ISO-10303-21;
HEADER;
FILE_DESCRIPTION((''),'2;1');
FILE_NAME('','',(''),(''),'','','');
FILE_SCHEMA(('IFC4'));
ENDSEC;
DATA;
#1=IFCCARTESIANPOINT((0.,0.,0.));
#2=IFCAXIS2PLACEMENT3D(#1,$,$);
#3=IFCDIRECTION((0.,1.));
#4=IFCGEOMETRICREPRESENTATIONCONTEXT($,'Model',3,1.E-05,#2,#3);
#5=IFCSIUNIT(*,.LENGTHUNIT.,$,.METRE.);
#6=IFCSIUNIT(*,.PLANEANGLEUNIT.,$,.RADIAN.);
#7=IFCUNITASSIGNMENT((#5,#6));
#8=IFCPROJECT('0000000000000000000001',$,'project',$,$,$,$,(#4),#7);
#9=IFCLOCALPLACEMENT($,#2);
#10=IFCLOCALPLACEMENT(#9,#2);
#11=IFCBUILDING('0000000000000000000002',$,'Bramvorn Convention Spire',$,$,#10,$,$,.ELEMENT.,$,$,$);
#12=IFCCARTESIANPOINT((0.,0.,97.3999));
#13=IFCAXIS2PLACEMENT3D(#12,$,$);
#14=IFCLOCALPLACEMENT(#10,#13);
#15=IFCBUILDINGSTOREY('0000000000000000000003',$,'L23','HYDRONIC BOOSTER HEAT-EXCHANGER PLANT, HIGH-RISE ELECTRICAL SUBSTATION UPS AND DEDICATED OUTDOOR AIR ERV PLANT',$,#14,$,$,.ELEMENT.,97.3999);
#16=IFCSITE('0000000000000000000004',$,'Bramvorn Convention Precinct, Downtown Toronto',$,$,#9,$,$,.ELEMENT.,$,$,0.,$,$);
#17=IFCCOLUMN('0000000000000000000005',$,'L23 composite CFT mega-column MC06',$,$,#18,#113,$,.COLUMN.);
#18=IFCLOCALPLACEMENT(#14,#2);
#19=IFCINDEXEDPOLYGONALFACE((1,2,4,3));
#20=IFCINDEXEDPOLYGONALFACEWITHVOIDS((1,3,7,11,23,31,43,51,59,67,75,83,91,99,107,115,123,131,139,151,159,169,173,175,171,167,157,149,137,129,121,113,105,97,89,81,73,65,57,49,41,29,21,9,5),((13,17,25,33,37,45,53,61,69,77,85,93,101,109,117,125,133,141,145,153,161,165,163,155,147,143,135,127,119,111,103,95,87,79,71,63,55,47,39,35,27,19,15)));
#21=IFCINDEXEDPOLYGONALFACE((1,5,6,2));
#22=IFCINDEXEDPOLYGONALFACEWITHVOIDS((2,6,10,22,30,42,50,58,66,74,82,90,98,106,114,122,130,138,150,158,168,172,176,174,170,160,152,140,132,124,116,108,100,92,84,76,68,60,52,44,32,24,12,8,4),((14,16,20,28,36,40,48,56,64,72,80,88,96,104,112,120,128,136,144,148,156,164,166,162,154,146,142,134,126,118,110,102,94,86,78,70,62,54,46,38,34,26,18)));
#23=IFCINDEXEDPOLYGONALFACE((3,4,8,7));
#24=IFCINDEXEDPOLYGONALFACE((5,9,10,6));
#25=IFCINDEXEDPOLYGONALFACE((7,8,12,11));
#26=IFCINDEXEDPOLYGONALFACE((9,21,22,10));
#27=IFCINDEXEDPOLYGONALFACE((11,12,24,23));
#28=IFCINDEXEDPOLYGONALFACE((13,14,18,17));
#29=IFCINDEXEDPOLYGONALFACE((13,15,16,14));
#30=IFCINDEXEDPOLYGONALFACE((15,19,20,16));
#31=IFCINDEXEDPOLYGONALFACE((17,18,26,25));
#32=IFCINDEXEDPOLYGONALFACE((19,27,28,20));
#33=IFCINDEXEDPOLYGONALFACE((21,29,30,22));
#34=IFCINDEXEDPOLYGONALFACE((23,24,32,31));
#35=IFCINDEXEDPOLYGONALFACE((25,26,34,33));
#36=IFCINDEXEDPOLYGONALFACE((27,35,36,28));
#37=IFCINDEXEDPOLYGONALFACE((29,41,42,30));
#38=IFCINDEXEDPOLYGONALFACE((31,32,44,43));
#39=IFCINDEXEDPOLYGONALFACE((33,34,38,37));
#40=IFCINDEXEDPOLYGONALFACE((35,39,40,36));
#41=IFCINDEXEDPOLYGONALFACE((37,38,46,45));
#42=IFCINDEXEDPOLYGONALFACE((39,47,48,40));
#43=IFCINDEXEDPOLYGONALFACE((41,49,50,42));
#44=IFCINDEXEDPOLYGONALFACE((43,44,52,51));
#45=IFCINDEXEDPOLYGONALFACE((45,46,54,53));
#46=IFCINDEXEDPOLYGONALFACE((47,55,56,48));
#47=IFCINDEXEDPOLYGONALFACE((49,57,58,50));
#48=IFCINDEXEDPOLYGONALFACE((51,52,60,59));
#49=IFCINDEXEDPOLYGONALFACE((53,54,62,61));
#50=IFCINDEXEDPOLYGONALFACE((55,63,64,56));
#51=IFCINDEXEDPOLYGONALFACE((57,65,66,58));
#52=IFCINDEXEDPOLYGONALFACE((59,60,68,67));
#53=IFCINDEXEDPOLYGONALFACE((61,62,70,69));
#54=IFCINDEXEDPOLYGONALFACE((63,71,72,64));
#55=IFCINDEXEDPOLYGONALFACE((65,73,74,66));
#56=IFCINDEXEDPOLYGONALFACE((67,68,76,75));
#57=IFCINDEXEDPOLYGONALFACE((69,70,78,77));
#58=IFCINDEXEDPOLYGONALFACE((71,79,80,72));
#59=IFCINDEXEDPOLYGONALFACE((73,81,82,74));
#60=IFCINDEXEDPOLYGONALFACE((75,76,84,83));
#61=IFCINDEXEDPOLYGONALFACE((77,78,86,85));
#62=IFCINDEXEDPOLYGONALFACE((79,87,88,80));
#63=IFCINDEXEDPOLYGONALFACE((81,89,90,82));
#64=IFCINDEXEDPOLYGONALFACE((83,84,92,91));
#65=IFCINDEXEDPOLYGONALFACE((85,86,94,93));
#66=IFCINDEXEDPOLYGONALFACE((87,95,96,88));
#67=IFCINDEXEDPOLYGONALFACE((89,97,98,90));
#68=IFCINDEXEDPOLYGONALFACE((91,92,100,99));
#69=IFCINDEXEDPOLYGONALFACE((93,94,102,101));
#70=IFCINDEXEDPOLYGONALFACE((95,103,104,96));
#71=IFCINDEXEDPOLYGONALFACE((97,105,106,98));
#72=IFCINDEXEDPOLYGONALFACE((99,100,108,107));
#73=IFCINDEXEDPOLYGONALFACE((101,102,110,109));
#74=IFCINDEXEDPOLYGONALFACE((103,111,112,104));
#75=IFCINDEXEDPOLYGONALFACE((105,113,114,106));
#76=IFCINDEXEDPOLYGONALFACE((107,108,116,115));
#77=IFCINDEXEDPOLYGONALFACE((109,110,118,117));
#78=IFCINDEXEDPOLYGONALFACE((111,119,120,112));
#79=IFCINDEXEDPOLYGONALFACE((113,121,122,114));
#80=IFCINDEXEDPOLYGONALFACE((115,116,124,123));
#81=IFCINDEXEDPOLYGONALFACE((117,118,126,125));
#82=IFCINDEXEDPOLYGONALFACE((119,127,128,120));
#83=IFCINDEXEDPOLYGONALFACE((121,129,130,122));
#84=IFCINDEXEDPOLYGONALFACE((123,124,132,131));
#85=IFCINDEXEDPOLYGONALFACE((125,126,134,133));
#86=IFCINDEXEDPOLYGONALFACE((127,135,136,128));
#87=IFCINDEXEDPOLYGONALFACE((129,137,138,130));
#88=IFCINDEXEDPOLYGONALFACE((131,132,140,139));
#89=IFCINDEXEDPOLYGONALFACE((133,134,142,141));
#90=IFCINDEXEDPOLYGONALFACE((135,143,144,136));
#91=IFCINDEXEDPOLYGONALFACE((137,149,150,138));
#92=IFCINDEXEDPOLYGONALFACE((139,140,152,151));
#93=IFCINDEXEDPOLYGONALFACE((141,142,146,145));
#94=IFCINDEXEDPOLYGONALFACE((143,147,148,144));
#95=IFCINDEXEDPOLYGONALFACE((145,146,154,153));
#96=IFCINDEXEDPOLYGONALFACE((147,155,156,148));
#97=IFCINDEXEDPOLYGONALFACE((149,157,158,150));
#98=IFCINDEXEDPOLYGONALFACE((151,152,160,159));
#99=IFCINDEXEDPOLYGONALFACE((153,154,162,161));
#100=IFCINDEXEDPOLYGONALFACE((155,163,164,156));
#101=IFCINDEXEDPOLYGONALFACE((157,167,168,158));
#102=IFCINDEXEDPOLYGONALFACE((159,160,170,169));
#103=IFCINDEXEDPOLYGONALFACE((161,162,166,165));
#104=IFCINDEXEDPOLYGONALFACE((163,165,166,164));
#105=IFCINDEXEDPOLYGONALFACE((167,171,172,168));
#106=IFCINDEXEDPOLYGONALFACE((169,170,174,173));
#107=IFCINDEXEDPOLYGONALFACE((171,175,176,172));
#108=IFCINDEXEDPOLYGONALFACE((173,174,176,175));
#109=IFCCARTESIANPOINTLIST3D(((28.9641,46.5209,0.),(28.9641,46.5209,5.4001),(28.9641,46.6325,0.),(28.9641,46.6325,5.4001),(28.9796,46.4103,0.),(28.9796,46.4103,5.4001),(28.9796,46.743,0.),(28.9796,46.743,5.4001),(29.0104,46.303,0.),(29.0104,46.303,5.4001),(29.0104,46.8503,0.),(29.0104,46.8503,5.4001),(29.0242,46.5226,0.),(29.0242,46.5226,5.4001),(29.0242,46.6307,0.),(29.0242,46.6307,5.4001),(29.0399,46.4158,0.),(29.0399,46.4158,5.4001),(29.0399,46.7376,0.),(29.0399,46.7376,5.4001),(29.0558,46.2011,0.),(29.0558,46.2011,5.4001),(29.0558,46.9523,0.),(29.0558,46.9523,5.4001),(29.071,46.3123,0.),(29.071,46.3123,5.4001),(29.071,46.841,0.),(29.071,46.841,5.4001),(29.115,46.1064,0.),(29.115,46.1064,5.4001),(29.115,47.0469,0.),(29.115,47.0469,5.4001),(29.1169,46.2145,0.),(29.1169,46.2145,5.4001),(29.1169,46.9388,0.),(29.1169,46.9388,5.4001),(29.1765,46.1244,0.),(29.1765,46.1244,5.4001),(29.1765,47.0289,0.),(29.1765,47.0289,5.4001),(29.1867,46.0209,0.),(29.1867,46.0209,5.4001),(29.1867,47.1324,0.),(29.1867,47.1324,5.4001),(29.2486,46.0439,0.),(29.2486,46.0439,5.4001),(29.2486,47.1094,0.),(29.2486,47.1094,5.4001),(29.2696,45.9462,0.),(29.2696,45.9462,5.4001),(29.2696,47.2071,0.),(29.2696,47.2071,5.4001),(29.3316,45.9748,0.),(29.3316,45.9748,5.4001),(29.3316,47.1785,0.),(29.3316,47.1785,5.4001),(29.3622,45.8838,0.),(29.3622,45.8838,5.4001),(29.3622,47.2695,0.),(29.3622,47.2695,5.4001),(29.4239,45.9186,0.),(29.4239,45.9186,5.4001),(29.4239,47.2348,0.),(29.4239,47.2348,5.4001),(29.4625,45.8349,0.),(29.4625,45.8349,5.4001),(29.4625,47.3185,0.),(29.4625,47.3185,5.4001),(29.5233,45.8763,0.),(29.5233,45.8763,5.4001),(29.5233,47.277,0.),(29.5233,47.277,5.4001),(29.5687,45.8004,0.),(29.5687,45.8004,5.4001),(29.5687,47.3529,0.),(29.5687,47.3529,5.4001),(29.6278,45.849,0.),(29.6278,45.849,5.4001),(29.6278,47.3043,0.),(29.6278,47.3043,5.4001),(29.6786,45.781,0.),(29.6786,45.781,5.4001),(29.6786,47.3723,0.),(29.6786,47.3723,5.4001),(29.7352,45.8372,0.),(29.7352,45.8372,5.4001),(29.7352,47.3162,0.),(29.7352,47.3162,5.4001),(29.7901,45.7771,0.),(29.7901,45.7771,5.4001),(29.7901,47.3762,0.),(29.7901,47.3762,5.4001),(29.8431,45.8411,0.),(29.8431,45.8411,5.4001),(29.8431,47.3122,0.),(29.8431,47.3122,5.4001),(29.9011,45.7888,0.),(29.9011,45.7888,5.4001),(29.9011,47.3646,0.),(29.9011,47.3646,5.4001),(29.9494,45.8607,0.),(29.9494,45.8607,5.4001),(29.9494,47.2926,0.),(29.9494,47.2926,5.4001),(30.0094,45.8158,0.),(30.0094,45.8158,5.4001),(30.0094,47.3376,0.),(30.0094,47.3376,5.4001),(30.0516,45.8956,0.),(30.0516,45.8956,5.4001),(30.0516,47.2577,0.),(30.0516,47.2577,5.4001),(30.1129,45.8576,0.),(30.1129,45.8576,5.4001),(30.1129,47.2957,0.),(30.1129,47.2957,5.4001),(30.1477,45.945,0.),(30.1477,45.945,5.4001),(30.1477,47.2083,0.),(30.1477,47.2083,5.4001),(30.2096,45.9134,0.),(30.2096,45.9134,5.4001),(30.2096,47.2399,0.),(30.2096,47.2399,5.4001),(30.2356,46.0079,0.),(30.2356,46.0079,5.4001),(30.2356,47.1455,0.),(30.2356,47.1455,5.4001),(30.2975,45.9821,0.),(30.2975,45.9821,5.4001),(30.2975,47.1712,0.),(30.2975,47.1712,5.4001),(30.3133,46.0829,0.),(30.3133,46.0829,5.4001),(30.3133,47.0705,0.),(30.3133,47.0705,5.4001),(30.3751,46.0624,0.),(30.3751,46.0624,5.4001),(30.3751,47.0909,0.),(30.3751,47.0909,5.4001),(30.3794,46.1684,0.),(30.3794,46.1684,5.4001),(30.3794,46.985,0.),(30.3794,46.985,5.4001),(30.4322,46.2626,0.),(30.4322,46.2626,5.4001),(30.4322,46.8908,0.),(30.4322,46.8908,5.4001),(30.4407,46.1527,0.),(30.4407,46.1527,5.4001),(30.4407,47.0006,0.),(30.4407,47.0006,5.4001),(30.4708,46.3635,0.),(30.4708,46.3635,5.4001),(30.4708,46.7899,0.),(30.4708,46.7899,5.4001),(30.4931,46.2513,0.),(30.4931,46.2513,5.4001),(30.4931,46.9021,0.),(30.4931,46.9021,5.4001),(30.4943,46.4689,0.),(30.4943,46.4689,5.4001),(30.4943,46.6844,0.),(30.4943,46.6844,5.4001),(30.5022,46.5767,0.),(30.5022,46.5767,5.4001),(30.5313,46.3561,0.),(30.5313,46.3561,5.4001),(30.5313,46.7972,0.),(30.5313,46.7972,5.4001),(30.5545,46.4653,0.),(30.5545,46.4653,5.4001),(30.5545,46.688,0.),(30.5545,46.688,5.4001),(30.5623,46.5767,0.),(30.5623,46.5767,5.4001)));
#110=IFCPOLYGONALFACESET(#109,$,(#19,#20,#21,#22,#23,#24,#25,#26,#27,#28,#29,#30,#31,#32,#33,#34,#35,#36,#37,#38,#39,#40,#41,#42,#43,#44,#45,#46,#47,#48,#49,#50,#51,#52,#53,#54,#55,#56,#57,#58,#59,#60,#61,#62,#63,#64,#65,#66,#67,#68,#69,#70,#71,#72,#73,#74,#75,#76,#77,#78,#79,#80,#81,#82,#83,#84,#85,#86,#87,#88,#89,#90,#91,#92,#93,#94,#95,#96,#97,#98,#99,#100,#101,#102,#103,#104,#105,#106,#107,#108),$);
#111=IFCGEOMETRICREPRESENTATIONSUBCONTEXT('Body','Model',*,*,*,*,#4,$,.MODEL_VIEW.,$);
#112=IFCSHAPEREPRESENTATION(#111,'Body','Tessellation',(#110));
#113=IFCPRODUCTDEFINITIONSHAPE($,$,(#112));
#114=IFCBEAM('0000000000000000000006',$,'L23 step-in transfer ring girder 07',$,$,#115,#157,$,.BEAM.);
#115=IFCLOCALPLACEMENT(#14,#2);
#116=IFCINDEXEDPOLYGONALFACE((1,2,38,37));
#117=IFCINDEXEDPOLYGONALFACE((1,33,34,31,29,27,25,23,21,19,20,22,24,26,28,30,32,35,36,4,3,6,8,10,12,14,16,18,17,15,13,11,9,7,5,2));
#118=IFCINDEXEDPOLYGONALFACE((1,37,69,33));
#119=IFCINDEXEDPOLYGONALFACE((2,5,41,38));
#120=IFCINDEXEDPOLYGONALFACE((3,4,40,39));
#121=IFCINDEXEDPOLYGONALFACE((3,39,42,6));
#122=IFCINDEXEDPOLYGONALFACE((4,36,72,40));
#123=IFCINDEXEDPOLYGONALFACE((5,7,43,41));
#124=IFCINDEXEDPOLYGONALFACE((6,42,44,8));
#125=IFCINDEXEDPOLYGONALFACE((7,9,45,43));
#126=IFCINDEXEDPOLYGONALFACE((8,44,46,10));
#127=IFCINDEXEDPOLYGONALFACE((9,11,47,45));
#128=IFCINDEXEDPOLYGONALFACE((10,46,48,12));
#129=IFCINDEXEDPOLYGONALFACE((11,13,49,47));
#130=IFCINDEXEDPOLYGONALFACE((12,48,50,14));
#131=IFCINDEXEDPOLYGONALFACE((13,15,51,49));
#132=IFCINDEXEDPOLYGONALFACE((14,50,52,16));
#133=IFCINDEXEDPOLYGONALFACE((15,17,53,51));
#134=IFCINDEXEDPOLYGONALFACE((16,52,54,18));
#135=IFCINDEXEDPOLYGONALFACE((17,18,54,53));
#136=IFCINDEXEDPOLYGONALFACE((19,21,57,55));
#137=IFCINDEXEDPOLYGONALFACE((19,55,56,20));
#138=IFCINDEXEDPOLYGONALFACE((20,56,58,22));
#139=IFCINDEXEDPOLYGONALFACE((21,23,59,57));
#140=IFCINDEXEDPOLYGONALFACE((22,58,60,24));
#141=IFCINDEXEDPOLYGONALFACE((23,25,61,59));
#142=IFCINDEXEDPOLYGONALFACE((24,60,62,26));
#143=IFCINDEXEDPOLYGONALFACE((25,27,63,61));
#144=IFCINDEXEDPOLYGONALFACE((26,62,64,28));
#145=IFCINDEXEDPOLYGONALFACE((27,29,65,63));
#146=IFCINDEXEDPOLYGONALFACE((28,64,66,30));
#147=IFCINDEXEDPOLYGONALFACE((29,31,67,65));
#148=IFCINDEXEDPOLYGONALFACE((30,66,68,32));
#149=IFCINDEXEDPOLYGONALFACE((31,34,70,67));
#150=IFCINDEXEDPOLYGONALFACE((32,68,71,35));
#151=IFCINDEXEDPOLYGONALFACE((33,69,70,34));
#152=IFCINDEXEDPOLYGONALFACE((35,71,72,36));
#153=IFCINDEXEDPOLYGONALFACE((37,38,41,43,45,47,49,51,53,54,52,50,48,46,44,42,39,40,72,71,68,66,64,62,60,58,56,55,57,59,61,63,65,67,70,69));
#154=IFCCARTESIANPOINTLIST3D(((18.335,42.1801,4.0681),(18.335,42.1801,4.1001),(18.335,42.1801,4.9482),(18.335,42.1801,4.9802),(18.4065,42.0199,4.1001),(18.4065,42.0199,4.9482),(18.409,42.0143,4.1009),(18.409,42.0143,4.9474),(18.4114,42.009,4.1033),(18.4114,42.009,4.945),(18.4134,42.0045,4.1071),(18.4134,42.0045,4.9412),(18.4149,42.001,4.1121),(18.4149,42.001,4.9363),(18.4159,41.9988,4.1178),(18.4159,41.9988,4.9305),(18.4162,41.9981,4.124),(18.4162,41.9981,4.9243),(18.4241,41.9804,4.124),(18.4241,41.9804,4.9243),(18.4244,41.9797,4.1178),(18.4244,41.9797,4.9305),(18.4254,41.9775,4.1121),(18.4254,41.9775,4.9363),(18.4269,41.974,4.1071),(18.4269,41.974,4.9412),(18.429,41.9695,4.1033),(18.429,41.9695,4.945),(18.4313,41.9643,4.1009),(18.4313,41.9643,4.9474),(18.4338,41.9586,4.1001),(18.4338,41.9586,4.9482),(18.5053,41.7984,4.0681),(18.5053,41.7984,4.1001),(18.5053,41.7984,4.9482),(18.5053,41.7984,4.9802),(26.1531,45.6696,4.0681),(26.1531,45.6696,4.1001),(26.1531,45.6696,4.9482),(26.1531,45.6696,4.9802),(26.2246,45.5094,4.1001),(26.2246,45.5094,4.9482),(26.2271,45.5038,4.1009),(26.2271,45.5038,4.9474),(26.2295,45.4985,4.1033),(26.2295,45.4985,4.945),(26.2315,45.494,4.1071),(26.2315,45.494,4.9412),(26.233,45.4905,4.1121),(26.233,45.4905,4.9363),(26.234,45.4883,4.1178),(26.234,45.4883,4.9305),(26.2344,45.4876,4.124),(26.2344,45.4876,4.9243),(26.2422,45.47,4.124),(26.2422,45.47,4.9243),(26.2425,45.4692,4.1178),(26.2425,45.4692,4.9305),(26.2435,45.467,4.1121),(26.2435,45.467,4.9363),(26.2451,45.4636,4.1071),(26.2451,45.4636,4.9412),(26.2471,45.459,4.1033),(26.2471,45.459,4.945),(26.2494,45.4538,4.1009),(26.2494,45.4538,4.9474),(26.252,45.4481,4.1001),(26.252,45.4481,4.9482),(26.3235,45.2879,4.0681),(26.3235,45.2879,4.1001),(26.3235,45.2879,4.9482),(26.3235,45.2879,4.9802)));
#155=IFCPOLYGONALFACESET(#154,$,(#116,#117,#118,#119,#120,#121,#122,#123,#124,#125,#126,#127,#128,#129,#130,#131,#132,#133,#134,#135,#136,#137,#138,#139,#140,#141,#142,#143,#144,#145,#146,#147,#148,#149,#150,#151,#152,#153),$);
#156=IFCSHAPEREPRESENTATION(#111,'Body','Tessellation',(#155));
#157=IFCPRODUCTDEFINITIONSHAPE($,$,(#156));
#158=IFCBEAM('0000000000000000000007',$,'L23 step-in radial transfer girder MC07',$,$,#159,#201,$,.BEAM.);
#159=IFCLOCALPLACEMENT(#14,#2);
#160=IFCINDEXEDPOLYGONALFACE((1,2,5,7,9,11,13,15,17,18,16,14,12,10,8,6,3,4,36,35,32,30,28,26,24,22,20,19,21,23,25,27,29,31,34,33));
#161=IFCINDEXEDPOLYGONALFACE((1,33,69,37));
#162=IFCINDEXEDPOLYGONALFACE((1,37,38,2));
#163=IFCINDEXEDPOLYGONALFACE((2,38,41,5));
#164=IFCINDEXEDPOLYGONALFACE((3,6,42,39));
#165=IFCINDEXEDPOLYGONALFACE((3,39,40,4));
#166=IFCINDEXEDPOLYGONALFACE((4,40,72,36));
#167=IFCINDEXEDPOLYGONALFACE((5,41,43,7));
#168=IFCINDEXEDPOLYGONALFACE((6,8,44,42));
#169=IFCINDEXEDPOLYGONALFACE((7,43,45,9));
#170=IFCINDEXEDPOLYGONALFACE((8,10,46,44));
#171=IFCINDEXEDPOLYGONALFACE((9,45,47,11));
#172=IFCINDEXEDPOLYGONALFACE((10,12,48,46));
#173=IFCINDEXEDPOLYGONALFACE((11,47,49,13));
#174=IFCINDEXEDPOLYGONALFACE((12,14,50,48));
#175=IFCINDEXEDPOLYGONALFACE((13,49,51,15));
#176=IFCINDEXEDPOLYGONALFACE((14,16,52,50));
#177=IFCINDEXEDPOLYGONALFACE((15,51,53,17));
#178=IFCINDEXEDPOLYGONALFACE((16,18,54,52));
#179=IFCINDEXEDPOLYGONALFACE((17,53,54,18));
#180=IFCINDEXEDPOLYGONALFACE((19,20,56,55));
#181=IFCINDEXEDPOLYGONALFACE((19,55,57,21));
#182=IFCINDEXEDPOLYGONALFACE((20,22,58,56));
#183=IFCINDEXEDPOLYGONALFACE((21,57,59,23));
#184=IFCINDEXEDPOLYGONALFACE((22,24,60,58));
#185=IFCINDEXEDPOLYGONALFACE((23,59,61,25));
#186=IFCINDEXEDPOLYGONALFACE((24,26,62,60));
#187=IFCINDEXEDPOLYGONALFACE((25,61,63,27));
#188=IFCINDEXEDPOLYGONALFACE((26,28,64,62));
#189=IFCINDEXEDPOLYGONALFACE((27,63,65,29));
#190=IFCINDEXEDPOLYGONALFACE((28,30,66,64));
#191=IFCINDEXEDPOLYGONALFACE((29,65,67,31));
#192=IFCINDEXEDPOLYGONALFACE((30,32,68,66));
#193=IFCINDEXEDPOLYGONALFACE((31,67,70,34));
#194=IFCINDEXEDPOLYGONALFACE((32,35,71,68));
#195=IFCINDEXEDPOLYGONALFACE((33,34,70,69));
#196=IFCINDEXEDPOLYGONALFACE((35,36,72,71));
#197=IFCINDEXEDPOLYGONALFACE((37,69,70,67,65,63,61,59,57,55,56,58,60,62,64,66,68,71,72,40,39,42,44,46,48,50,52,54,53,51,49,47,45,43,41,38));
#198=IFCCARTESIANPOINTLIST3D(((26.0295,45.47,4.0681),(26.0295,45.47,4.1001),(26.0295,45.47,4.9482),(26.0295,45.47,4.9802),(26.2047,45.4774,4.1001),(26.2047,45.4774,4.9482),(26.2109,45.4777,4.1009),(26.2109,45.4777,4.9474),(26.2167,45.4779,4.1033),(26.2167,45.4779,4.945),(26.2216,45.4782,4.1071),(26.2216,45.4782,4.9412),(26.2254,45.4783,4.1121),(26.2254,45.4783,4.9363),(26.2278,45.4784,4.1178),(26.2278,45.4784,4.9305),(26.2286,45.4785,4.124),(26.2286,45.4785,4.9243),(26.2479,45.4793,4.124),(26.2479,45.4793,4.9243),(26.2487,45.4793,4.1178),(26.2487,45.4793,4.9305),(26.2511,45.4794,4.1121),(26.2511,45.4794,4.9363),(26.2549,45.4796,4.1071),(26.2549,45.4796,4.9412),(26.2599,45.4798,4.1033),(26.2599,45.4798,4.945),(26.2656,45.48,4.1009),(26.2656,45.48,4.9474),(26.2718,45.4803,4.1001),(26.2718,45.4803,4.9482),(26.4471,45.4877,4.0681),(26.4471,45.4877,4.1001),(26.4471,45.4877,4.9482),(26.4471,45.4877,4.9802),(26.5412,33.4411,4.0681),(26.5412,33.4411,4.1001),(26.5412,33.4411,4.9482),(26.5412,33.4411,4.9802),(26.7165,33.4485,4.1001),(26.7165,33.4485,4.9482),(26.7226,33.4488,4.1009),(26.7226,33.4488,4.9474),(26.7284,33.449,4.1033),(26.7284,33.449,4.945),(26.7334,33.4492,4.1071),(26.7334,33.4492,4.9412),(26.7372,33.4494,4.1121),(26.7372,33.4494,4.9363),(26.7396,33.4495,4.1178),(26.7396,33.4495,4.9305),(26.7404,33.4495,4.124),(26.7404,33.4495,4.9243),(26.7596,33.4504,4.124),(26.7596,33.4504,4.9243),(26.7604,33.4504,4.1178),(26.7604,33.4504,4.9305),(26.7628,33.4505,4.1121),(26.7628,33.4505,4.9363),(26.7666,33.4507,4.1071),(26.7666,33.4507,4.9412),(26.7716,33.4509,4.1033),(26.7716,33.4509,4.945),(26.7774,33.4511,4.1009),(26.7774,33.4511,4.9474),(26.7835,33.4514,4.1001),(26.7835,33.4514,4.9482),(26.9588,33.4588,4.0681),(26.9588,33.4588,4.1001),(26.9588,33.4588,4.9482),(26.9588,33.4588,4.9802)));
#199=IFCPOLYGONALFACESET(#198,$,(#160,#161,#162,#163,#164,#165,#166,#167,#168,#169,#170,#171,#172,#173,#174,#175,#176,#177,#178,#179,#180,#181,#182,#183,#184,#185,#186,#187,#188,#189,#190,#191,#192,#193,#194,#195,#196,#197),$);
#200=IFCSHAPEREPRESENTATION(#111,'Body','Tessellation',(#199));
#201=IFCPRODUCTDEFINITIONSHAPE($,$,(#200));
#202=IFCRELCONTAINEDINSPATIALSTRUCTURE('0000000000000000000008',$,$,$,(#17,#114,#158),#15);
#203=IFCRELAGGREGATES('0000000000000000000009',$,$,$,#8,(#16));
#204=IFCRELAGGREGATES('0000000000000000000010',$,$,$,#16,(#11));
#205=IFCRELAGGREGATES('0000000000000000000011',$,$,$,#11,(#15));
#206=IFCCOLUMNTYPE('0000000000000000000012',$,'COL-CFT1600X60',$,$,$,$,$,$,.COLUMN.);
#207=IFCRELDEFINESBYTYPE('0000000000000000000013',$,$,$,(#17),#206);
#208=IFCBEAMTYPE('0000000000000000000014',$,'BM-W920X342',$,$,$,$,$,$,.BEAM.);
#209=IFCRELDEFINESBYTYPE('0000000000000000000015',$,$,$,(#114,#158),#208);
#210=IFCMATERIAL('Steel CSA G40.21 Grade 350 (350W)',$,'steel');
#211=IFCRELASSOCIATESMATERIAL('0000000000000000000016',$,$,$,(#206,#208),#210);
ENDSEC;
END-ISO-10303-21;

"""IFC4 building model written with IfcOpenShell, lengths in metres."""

from ifc_helpers import new_model, si_unit, direction, frame, origin, origin_2d, place, context, subcontext, project, spatial, hollow_circle, i_section, extrude, material, material_profile, profile_set, type_object, element, save


model = new_model("IFC4")

# Units and contexts
model_context = context("Model", 3, precision=1e-05, world=origin(), true_north=direction((0.0, 1.0)))
body_context = subcontext(model_context, "Body", "Model", "MODEL_VIEW")
ifc_project = project(units=[si_unit("LENGTHUNIT", "METRE"), si_unit("PLANEANGLEUNIT", "RADIAN")], contexts=[model_context])

# Site, building, storey
site_placement = place(None, origin())
site = spatial("IfcSite", under=ifc_project, at=site_placement, Name="Bramvorn Convention Precinct, Downtown Toronto", CompositionType="ELEMENT", RefElevation=0.0)
building_placement = place(site_placement, origin())
building = spatial("IfcBuilding", under=site, at=building_placement, Name="Bramvorn Convention Spire", CompositionType="ELEMENT")
storey_placement = place(building_placement, frame((0.0, 0.0, 97.3999)))
storey = spatial("IfcBuildingStorey", under=building, at=storey_placement, Name="L23", Description="HYDRONIC BOOSTER HEAT-EXCHANGER PLANT, HIGH-RISE ELECTRICAL SUBSTATION UPS AND DEDICATED OUTDOOR AIR ERV PLANT", CompositionType="ELEMENT", Elevation=97.3999)

# Column
ifc_material_1 = material(Name="Steel CSA G40.21 Grade 350 (350W)", Category="steel")
ifc_material_profile_1 = material_profile(ifc_material_1, hollow_circle(Radius=0.8, WallThickness=0.0601, at=origin_2d()))
ifc_profile_set_1 = profile_set([ifc_material_profile_1], Name="Steel CSA G40.21 Grade 350 (350W) - CFT1600X60")
column_type = type_object("IfcColumnType", Name="COL-CFT1600X60", PredefinedType="COLUMN", material=ifc_profile_set_1)
column_placement = place(storey_placement, frame((29.7622, 46.5767, 0.0), z_axis=(0.0, 0.0, 1.0), x_axis=(1.0, 0.0, 0.0)))
element("IfcColumn", 1, at=column_placement, inside=storey, type_object=column_type, Name="L23 composite CFT mega-column MC06", PredefinedType="COLUMN", context=body_context, shape_type="SweptSolid", body=[
    extrude(hollow_circle(Radius=0.8, WallThickness=0.0601, at=origin_2d()), origin(), (0.0, 0.0, 1.0), 5.4001),
])

# Beams
ifc_material_profile_2 = material_profile(ifc_material_1, i_section(OverallWidth=0.418, OverallDepth=0.9121, WebThickness=0.0193, FlangeThickness=0.032, FilletRadius=0.0239, at=origin_2d()))
ifc_profile_set_2 = profile_set([ifc_material_profile_2], Name="Steel CSA G40.21 Grade 350 (350W) - W920X342")
beam_type = type_object("IfcBeamType", Name="BM-W920X342", PredefinedType="BEAM", material=ifc_profile_set_2)
beam_1_placement = place(storey_placement, frame((26.2383, 45.4788, 4.5242), z_axis=(-0.91317, -0.40758, 0.0), x_axis=(0.40758, -0.91317, 0.0)))
element("IfcBeam", 2, at=beam_1_placement, inside=storey, type_object=beam_type, Name="L23 step-in transfer ring girder 07", PredefinedType="BEAM", context=body_context, shape_type="SweptSolid", body=[
    extrude(i_section(OverallWidth=0.418, OverallDepth=0.9121, WebThickness=0.0193, FlangeThickness=0.032, FilletRadius=0.0239, at=origin_2d()), origin(), (0.0, 0.0, 1.0), 8.5615),
])
beam_2_placement = place(storey_placement, frame((26.75, 33.45, 4.5242), z_axis=(-0.042503, 0.999096, 0.0), x_axis=(-0.999096, -0.042503, 0.0)))
element("IfcBeam", 3, at=beam_2_placement, inside=storey, type_object=beam_type, Name="L23 step-in radial transfer girder MC07", PredefinedType="BEAM", context=body_context, shape_type="SweptSolid", body=[
    extrude(i_section(OverallWidth=0.418, OverallDepth=0.9121, WebThickness=0.0193, FlangeThickness=0.032, FilletRadius=0.0239, at=origin_2d()), origin(), (0.0, 0.0, 1.0), 12.0398),
])

save(model, "model.ifc")
